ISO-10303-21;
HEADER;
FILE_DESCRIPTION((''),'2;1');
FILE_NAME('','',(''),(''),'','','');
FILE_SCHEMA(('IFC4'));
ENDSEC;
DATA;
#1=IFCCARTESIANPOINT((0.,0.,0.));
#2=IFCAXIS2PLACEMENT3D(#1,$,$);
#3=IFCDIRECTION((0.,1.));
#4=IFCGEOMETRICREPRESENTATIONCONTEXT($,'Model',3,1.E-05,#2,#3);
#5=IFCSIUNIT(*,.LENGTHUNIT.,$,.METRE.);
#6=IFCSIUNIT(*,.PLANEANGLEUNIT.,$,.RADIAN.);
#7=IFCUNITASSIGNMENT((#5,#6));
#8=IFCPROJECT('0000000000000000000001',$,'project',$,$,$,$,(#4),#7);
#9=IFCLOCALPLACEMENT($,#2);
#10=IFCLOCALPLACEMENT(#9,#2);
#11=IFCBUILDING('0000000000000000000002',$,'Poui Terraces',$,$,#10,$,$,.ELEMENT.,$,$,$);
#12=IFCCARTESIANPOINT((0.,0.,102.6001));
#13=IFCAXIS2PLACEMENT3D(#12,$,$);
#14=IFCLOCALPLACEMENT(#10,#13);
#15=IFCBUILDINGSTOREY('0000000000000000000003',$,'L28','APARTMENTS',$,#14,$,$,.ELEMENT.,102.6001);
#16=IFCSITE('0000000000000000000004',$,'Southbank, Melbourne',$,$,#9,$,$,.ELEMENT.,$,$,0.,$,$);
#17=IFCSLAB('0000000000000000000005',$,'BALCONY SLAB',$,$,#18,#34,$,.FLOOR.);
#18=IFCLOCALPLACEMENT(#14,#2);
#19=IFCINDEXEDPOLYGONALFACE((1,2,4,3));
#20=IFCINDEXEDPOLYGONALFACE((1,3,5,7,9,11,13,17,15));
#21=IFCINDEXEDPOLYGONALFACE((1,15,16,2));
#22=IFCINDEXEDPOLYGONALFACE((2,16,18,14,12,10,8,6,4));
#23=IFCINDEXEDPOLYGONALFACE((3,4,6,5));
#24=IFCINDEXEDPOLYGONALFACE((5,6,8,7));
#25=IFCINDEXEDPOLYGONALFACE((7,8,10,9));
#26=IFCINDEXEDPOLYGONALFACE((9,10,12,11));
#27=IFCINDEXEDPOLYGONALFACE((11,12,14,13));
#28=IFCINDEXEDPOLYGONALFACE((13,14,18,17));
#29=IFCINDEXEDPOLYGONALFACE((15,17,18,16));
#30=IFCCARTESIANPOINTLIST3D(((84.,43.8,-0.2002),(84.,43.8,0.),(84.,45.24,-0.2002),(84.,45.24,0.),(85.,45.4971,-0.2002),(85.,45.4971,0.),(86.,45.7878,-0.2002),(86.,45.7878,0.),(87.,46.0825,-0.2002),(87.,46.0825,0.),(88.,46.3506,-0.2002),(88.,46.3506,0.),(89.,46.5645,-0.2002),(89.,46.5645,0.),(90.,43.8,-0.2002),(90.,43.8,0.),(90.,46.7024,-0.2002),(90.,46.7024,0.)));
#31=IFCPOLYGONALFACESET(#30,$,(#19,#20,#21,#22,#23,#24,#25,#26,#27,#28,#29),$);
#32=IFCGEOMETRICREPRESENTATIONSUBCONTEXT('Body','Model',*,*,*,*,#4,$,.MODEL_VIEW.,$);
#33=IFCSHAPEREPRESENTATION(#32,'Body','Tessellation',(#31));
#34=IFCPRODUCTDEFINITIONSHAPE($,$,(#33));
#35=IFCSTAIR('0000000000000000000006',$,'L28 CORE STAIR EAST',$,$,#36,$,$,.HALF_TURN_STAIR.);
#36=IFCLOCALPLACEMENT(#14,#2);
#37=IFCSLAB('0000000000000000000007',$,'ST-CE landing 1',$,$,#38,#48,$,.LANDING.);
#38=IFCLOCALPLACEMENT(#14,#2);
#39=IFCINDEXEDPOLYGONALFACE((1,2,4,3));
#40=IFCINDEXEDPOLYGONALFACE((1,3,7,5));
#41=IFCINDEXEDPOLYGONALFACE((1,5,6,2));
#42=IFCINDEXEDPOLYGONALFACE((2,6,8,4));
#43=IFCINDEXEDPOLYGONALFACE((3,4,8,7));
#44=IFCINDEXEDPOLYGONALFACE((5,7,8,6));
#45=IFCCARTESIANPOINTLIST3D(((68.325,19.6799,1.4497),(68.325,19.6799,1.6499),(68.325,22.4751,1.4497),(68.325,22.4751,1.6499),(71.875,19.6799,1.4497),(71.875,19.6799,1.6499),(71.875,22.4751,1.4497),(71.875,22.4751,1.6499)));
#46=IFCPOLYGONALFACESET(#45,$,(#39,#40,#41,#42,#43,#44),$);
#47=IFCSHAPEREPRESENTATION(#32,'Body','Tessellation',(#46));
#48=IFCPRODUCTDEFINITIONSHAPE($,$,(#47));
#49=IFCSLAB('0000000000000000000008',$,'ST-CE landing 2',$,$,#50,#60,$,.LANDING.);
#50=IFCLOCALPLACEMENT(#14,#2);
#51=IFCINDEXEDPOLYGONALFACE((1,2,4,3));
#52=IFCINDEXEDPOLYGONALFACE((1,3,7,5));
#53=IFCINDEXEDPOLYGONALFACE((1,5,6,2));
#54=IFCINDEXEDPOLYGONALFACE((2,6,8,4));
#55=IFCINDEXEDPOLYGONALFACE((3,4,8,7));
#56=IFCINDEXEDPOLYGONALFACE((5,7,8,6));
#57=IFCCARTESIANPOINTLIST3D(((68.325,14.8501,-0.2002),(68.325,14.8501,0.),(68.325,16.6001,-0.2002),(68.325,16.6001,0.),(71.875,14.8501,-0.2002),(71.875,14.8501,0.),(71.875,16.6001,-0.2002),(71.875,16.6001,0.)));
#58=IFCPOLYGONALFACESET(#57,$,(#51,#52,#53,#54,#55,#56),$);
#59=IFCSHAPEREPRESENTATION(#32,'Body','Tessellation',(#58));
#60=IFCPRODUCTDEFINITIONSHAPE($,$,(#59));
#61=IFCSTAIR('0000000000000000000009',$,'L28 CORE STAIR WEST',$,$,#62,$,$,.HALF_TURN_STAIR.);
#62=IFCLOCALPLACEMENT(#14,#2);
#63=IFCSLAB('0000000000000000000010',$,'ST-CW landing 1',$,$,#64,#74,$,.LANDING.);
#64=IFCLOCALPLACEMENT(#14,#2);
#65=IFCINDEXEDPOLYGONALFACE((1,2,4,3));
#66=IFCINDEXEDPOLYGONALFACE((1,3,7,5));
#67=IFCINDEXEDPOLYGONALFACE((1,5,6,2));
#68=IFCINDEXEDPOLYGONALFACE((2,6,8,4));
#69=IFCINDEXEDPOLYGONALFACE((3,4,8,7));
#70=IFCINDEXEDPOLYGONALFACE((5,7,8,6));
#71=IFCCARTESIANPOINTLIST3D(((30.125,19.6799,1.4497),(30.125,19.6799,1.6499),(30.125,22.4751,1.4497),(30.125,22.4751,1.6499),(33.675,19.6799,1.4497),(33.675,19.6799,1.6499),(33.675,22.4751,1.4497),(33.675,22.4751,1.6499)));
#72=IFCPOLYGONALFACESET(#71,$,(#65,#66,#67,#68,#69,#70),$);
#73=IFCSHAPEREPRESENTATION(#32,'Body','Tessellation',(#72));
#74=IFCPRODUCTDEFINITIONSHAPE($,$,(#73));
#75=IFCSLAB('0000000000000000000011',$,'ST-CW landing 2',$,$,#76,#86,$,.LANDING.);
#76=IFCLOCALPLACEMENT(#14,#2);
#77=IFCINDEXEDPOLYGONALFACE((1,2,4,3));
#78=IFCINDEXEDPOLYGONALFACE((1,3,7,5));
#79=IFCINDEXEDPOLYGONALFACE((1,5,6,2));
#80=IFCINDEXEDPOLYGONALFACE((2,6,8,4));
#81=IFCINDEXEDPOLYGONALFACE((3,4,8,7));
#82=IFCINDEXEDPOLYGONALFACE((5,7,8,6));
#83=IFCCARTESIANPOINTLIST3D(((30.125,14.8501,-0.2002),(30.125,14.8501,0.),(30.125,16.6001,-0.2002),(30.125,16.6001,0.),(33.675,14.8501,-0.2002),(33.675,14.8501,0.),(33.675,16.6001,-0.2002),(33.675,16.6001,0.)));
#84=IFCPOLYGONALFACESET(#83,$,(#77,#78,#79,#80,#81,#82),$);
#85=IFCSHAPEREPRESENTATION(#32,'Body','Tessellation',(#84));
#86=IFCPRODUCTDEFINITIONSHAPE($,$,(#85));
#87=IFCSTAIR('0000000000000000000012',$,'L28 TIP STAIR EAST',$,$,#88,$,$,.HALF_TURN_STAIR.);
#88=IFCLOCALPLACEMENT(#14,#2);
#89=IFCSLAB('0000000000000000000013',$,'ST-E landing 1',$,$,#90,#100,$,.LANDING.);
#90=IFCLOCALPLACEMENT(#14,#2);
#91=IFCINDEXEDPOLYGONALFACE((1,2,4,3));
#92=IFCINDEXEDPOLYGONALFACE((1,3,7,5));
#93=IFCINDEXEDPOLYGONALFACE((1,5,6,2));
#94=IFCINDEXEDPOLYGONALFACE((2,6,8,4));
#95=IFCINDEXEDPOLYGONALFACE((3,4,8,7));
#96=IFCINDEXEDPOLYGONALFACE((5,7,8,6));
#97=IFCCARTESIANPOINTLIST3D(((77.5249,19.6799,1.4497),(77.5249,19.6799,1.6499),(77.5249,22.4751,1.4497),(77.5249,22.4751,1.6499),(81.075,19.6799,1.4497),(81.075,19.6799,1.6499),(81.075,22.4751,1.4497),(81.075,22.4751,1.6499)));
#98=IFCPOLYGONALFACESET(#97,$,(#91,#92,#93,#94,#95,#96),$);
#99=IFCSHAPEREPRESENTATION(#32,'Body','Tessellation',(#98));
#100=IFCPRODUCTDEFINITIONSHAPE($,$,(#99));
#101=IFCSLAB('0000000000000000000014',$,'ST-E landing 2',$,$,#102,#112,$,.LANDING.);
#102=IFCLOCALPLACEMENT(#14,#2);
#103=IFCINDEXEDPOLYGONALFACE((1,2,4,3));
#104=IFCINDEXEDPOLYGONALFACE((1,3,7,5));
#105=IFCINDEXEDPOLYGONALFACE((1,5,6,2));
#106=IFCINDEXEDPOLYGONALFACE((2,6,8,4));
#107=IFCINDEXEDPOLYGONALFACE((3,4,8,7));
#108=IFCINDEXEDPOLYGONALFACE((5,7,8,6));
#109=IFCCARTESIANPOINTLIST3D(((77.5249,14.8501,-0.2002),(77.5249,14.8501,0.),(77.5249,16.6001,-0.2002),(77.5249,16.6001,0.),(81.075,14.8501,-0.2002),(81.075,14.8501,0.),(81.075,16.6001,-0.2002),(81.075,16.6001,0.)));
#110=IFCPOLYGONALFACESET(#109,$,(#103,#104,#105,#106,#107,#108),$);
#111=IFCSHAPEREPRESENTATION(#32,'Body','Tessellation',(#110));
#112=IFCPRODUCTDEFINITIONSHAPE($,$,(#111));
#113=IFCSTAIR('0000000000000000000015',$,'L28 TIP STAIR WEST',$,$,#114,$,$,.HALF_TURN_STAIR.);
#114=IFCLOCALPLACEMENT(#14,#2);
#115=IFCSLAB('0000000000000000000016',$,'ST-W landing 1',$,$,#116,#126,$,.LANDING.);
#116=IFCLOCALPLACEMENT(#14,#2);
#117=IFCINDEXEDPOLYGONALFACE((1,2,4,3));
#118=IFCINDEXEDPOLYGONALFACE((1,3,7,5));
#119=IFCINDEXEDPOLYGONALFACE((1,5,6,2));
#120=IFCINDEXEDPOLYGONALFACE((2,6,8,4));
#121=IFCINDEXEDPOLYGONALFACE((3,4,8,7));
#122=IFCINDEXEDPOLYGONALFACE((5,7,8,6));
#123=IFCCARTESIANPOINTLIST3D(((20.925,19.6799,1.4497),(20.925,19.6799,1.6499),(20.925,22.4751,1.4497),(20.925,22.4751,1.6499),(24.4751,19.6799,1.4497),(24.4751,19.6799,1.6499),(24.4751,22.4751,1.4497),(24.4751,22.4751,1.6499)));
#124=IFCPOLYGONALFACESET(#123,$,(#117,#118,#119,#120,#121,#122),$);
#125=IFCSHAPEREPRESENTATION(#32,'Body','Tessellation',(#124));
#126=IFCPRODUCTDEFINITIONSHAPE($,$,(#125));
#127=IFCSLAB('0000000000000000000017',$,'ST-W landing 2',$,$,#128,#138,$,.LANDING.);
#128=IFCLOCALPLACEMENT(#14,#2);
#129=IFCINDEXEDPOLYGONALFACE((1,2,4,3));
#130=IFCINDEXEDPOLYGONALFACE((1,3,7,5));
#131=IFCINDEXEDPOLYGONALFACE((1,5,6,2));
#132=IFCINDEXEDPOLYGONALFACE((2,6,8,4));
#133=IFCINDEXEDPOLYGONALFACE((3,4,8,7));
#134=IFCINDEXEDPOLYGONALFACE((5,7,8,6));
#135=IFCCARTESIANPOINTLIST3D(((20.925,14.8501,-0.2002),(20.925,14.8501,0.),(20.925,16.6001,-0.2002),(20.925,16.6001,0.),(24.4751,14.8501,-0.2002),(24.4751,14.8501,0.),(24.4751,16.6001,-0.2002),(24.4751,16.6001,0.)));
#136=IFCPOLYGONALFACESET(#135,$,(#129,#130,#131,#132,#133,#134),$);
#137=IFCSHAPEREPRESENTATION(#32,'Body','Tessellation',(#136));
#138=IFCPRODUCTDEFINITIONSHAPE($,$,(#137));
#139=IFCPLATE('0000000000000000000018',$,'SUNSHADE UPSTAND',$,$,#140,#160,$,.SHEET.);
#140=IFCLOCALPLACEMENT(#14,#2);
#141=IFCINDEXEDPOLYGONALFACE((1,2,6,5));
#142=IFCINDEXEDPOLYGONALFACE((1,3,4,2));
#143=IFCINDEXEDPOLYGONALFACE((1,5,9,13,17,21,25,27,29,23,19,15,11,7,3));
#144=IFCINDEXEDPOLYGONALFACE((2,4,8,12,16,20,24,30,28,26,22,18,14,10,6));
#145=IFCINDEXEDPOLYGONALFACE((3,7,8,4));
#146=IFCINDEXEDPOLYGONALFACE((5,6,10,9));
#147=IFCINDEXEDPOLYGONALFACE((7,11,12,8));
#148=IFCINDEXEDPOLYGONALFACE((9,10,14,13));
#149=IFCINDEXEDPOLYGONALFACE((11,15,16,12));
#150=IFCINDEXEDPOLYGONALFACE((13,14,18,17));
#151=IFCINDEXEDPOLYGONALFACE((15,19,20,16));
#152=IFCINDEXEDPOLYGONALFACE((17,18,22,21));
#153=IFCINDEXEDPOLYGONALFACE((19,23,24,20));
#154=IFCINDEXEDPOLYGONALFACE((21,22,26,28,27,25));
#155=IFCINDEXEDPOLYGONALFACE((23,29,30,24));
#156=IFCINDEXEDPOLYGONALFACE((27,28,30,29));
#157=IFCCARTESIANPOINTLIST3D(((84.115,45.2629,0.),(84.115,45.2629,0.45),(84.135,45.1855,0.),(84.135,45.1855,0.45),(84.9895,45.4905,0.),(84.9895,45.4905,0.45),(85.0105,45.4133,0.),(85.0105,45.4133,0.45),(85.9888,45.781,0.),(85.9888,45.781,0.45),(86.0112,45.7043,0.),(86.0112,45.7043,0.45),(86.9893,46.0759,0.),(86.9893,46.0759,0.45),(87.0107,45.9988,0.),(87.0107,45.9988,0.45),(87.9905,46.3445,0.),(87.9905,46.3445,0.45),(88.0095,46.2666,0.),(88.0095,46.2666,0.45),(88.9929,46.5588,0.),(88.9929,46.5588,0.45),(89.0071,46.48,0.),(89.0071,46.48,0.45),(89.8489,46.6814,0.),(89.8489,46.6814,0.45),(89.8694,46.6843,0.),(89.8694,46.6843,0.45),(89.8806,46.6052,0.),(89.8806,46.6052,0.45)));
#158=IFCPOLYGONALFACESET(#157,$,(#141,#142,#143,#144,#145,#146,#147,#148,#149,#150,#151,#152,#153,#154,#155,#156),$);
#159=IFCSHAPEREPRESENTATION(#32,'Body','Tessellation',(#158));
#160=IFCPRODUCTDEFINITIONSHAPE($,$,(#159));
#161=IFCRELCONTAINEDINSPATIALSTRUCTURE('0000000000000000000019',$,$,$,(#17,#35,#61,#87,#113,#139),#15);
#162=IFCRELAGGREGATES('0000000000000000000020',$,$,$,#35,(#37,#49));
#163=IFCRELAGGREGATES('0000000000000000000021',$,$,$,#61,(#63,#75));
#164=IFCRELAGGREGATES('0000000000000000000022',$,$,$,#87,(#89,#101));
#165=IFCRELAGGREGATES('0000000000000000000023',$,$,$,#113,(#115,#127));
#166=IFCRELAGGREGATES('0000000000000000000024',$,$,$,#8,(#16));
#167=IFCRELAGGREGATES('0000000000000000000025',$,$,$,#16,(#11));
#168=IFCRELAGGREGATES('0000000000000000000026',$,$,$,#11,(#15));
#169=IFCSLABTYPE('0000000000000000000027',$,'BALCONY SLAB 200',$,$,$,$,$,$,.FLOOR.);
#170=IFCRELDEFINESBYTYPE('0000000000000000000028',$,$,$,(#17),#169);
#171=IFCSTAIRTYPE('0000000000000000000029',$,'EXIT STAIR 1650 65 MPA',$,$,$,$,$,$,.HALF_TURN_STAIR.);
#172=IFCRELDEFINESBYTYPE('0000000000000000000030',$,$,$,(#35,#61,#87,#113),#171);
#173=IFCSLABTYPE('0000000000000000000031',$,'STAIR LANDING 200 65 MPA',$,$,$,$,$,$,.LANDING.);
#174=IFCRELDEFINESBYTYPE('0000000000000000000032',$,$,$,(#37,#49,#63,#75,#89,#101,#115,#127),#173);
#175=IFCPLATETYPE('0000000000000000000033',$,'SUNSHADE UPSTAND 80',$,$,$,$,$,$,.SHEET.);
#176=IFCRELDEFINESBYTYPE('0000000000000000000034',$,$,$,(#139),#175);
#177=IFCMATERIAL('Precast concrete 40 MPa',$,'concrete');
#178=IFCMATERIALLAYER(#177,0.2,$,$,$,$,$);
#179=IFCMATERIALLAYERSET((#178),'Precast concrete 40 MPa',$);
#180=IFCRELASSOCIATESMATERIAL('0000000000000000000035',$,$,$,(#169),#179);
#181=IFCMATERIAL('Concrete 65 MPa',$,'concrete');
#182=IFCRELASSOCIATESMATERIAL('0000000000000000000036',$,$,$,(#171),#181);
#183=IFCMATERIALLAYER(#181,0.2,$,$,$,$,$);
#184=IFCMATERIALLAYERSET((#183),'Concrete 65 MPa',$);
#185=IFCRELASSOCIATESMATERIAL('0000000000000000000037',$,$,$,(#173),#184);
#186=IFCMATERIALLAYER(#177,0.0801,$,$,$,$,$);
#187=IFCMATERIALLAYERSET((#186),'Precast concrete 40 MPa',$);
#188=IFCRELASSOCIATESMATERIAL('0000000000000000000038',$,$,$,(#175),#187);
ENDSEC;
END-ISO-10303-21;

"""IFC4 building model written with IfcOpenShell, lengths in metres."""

from ifc_helpers import new_model, si_unit, direction, frame, origin, place, context, subcontext, project, spatial, polyline, outline, extrude, material, layer, layer_set, type_object, element, aggregate, save


model = new_model("IFC4")

# Units and contexts
model_context = context("Model", 3, precision=1e-05, world=origin(), true_north=direction((0.0, 1.0)))
body_context = subcontext(model_context, "Body", "Model", "MODEL_VIEW")
ifc_project = project(units=[si_unit("LENGTHUNIT", "METRE"), si_unit("PLANEANGLEUNIT", "RADIAN")], contexts=[model_context])

# Site, building, storey
site_placement = place(None, origin())
site = spatial("IfcSite", under=ifc_project, at=site_placement, Name="Southbank, Melbourne", CompositionType="ELEMENT", RefElevation=0.0)
building_placement = place(site_placement, origin())
building = spatial("IfcBuilding", under=site, at=building_placement, Name="Poui Terraces", CompositionType="ELEMENT")
storey_placement = place(building_placement, frame((0.0, 0.0, 102.6001)))
storey = spatial("IfcBuildingStorey", under=building, at=storey_placement, Name="L28", Description="APARTMENTS", CompositionType="ELEMENT", Elevation=102.6001)

# Slab
ifc_material_1 = material(Name="Precast concrete 40 MPa", Category="concrete")
ifc_layer_1 = layer(ifc_material_1, 0.2)
ifc_layer_set_1 = layer_set([ifc_layer_1], Name="Precast concrete 40 MPa")
slab_type_1 = type_object("IfcSlabType", Name="BALCONY SLAB 200", PredefinedType="FLOOR", material=ifc_layer_set_1)
slab_1_placement = place(storey_placement, frame((0.0, 0.0, -0.2002)))
element("IfcSlab", 1, at=slab_1_placement, inside=storey, type_object=slab_type_1, Name="BALCONY SLAB", PredefinedType="FLOOR", context=body_context, shape_type="SweptSolid", body=[
    extrude(outline(polyline([(84.0, 43.8), (90.0, 43.8), (90.0, 46.7024), (89.0, 46.5645), (88.0, 46.3506), (87.0, 46.0825), (86.0, 45.7878), (85.0, 45.4971), (84.0, 45.24), (84.0, 43.8)])), origin(), (0.0, 0.0, 1.0), 0.2002),
])

# Stairs, slabs
ifc_material_2 = material(Name="Concrete 65 MPa", Category="concrete")
stair_type = type_object("IfcStairType", Name="EXIT STAIR 1650 65 MPA", PredefinedType="HALF_TURN_STAIR", material=ifc_material_2)
stair_1_placement = place(storey_placement, origin())
stair_1 = element("IfcStair", 2, at=stair_1_placement, inside=storey, type_object=stair_type, Name="L28 CORE STAIR EAST", PredefinedType="HALF_TURN_STAIR")
ifc_layer_2 = layer(ifc_material_2, 0.2)
ifc_layer_set_2 = layer_set([ifc_layer_2], Name="Concrete 65 MPa")
slab_type_2 = type_object("IfcSlabType", Name="STAIR LANDING 200 65 MPA", PredefinedType="LANDING", material=ifc_layer_set_2)
slab_2_placement = place(storey_placement, frame((0.0, 0.0, 1.4497)))
slab_2 = element("IfcSlab", 3, at=slab_2_placement, type_object=slab_type_2, Name="ST-CE landing 1", PredefinedType="LANDING", context=body_context, shape_type="SweptSolid", body=[
    extrude(outline(polyline([(68.325, 19.6799), (71.875, 19.6799), (71.875, 22.4751), (68.325, 22.4751), (68.325, 19.6799)])), origin(), (0.0, 0.0, 1.0), 0.2002),
])
slab_3_placement = place(storey_placement, frame((0.0, 0.0, -0.2002)))
slab_3 = element("IfcSlab", 4, at=slab_3_placement, type_object=slab_type_2, Name="ST-CE landing 2", PredefinedType="LANDING", context=body_context, shape_type="SweptSolid", body=[
    extrude(outline(polyline([(68.325, 14.8501), (71.875, 14.8501), (71.875, 16.6001), (68.325, 16.6001), (68.325, 14.8501)])), origin(), (0.0, 0.0, 1.0), 0.2002),
])
aggregate(stair_1, [slab_2, slab_3])
stair_2_placement = place(storey_placement, origin())
stair_2 = element("IfcStair", 5, at=stair_2_placement, inside=storey, type_object=stair_type, Name="L28 CORE STAIR WEST", PredefinedType="HALF_TURN_STAIR")
slab_4_placement = place(storey_placement, frame((0.0, 0.0, 1.4497)))
slab_4 = element("IfcSlab", 6, at=slab_4_placement, type_object=slab_type_2, Name="ST-CW landing 1", PredefinedType="LANDING", context=body_context, shape_type="SweptSolid", body=[
    extrude(outline(polyline([(30.125, 19.6799), (33.675, 19.6799), (33.675, 22.4751), (30.125, 22.4751), (30.125, 19.6799)])), origin(), (0.0, 0.0, 1.0), 0.2002),
])
slab_5_placement = place(storey_placement, frame((0.0, 0.0, -0.2002)))
slab_5 = element("IfcSlab", 7, at=slab_5_placement, type_object=slab_type_2, Name="ST-CW landing 2", PredefinedType="LANDING", context=body_context, shape_type="SweptSolid", body=[
    extrude(outline(polyline([(30.125, 14.8501), (33.675, 14.8501), (33.675, 16.6001), (30.125, 16.6001), (30.125, 14.8501)])), origin(), (0.0, 0.0, 1.0), 0.2002),
])
aggregate(stair_2, [slab_4, slab_5])
stair_3_placement = place(storey_placement, origin())
stair_3 = element("IfcStair", 8, at=stair_3_placement, inside=storey, type_object=stair_type, Name="L28 TIP STAIR EAST", PredefinedType="HALF_TURN_STAIR")
slab_6_placement = place(storey_placement, frame((0.0, 0.0, 1.4497)))
slab_6 = element("IfcSlab", 9, at=slab_6_placement, type_object=slab_type_2, Name="ST-E landing 1", PredefinedType="LANDING", context=body_context, shape_type="SweptSolid", body=[
    extrude(outline(polyline([(77.5249, 19.6799), (81.075, 19.6799), (81.075, 22.4751), (77.5249, 22.4751), (77.5249, 19.6799)])), origin(), (0.0, 0.0, 1.0), 0.2002),
])
slab_7_placement = place(storey_placement, frame((0.0, 0.0, -0.2002)))
slab_7 = element("IfcSlab", 10, at=slab_7_placement, type_object=slab_type_2, Name="ST-E landing 2", PredefinedType="LANDING", context=body_context, shape_type="SweptSolid", body=[
    extrude(outline(polyline([(77.5249, 14.8501), (81.075, 14.8501), (81.075, 16.6001), (77.5249, 16.6001), (77.5249, 14.8501)])), origin(), (0.0, 0.0, 1.0), 0.2002),
])
aggregate(stair_3, [slab_6, slab_7])
stair_4_placement = place(storey_placement, origin())
stair_4 = element("IfcStair", 11, at=stair_4_placement, inside=storey, type_object=stair_type, Name="L28 TIP STAIR WEST", PredefinedType="HALF_TURN_STAIR")
slab_8_placement = place(storey_placement, frame((0.0, 0.0, 1.4497)))
slab_8 = element("IfcSlab", 12, at=slab_8_placement, type_object=slab_type_2, Name="ST-W landing 1", PredefinedType="LANDING", context=body_context, shape_type="SweptSolid", body=[
    extrude(outline(polyline([(20.925, 19.6799), (24.4751, 19.6799), (24.4751, 22.4751), (20.925, 22.4751), (20.925, 19.6799)])), origin(), (0.0, 0.0, 1.0), 0.2002),
])
slab_9_placement = place(storey_placement, frame((0.0, 0.0, -0.2002)))
slab_9 = element("IfcSlab", 13, at=slab_9_placement, type_object=slab_type_2, Name="ST-W landing 2", PredefinedType="LANDING", context=body_context, shape_type="SweptSolid", body=[
    extrude(outline(polyline([(20.925, 14.8501), (24.4751, 14.8501), (24.4751, 16.6001), (20.925, 16.6001), (20.925, 14.8501)])), origin(), (0.0, 0.0, 1.0), 0.2002),
])
aggregate(stair_4, [slab_8, slab_9])

# Plate
ifc_layer_3 = layer(ifc_material_1, 0.0801)
ifc_layer_set_3 = layer_set([ifc_layer_3], Name="Precast concrete 40 MPa")
plate_type = type_object("IfcPlateType", Name="SUNSHADE UPSTAND 80", PredefinedType="SHEET", material=ifc_layer_set_3)
plate_placement = place(storey_placement, origin())
element("IfcPlate", 14, at=plate_placement, inside=storey, type_object=plate_type, Name="SUNSHADE UPSTAND", PredefinedType="SHEET", context=body_context, shape_type="SweptSolid", body=[
    extrude(outline(polyline([(84.9895, 45.4905), (84.115, 45.2629), (84.135, 45.1855), (85.0105, 45.4133), (86.0112, 45.7043), (87.0107, 45.9988), (88.0095, 46.2666), (89.0071, 46.48), (89.8806, 46.6052), (89.8694, 46.6843), (89.8489, 46.6814), (88.9929, 46.5588), (87.9905, 46.3445), (86.9893, 46.0759), (85.9888, 45.781), (84.9895, 45.4905)])), origin(), (0.0, 0.0, 1.0), 0.45),
])

save(model, "model.ifc")
